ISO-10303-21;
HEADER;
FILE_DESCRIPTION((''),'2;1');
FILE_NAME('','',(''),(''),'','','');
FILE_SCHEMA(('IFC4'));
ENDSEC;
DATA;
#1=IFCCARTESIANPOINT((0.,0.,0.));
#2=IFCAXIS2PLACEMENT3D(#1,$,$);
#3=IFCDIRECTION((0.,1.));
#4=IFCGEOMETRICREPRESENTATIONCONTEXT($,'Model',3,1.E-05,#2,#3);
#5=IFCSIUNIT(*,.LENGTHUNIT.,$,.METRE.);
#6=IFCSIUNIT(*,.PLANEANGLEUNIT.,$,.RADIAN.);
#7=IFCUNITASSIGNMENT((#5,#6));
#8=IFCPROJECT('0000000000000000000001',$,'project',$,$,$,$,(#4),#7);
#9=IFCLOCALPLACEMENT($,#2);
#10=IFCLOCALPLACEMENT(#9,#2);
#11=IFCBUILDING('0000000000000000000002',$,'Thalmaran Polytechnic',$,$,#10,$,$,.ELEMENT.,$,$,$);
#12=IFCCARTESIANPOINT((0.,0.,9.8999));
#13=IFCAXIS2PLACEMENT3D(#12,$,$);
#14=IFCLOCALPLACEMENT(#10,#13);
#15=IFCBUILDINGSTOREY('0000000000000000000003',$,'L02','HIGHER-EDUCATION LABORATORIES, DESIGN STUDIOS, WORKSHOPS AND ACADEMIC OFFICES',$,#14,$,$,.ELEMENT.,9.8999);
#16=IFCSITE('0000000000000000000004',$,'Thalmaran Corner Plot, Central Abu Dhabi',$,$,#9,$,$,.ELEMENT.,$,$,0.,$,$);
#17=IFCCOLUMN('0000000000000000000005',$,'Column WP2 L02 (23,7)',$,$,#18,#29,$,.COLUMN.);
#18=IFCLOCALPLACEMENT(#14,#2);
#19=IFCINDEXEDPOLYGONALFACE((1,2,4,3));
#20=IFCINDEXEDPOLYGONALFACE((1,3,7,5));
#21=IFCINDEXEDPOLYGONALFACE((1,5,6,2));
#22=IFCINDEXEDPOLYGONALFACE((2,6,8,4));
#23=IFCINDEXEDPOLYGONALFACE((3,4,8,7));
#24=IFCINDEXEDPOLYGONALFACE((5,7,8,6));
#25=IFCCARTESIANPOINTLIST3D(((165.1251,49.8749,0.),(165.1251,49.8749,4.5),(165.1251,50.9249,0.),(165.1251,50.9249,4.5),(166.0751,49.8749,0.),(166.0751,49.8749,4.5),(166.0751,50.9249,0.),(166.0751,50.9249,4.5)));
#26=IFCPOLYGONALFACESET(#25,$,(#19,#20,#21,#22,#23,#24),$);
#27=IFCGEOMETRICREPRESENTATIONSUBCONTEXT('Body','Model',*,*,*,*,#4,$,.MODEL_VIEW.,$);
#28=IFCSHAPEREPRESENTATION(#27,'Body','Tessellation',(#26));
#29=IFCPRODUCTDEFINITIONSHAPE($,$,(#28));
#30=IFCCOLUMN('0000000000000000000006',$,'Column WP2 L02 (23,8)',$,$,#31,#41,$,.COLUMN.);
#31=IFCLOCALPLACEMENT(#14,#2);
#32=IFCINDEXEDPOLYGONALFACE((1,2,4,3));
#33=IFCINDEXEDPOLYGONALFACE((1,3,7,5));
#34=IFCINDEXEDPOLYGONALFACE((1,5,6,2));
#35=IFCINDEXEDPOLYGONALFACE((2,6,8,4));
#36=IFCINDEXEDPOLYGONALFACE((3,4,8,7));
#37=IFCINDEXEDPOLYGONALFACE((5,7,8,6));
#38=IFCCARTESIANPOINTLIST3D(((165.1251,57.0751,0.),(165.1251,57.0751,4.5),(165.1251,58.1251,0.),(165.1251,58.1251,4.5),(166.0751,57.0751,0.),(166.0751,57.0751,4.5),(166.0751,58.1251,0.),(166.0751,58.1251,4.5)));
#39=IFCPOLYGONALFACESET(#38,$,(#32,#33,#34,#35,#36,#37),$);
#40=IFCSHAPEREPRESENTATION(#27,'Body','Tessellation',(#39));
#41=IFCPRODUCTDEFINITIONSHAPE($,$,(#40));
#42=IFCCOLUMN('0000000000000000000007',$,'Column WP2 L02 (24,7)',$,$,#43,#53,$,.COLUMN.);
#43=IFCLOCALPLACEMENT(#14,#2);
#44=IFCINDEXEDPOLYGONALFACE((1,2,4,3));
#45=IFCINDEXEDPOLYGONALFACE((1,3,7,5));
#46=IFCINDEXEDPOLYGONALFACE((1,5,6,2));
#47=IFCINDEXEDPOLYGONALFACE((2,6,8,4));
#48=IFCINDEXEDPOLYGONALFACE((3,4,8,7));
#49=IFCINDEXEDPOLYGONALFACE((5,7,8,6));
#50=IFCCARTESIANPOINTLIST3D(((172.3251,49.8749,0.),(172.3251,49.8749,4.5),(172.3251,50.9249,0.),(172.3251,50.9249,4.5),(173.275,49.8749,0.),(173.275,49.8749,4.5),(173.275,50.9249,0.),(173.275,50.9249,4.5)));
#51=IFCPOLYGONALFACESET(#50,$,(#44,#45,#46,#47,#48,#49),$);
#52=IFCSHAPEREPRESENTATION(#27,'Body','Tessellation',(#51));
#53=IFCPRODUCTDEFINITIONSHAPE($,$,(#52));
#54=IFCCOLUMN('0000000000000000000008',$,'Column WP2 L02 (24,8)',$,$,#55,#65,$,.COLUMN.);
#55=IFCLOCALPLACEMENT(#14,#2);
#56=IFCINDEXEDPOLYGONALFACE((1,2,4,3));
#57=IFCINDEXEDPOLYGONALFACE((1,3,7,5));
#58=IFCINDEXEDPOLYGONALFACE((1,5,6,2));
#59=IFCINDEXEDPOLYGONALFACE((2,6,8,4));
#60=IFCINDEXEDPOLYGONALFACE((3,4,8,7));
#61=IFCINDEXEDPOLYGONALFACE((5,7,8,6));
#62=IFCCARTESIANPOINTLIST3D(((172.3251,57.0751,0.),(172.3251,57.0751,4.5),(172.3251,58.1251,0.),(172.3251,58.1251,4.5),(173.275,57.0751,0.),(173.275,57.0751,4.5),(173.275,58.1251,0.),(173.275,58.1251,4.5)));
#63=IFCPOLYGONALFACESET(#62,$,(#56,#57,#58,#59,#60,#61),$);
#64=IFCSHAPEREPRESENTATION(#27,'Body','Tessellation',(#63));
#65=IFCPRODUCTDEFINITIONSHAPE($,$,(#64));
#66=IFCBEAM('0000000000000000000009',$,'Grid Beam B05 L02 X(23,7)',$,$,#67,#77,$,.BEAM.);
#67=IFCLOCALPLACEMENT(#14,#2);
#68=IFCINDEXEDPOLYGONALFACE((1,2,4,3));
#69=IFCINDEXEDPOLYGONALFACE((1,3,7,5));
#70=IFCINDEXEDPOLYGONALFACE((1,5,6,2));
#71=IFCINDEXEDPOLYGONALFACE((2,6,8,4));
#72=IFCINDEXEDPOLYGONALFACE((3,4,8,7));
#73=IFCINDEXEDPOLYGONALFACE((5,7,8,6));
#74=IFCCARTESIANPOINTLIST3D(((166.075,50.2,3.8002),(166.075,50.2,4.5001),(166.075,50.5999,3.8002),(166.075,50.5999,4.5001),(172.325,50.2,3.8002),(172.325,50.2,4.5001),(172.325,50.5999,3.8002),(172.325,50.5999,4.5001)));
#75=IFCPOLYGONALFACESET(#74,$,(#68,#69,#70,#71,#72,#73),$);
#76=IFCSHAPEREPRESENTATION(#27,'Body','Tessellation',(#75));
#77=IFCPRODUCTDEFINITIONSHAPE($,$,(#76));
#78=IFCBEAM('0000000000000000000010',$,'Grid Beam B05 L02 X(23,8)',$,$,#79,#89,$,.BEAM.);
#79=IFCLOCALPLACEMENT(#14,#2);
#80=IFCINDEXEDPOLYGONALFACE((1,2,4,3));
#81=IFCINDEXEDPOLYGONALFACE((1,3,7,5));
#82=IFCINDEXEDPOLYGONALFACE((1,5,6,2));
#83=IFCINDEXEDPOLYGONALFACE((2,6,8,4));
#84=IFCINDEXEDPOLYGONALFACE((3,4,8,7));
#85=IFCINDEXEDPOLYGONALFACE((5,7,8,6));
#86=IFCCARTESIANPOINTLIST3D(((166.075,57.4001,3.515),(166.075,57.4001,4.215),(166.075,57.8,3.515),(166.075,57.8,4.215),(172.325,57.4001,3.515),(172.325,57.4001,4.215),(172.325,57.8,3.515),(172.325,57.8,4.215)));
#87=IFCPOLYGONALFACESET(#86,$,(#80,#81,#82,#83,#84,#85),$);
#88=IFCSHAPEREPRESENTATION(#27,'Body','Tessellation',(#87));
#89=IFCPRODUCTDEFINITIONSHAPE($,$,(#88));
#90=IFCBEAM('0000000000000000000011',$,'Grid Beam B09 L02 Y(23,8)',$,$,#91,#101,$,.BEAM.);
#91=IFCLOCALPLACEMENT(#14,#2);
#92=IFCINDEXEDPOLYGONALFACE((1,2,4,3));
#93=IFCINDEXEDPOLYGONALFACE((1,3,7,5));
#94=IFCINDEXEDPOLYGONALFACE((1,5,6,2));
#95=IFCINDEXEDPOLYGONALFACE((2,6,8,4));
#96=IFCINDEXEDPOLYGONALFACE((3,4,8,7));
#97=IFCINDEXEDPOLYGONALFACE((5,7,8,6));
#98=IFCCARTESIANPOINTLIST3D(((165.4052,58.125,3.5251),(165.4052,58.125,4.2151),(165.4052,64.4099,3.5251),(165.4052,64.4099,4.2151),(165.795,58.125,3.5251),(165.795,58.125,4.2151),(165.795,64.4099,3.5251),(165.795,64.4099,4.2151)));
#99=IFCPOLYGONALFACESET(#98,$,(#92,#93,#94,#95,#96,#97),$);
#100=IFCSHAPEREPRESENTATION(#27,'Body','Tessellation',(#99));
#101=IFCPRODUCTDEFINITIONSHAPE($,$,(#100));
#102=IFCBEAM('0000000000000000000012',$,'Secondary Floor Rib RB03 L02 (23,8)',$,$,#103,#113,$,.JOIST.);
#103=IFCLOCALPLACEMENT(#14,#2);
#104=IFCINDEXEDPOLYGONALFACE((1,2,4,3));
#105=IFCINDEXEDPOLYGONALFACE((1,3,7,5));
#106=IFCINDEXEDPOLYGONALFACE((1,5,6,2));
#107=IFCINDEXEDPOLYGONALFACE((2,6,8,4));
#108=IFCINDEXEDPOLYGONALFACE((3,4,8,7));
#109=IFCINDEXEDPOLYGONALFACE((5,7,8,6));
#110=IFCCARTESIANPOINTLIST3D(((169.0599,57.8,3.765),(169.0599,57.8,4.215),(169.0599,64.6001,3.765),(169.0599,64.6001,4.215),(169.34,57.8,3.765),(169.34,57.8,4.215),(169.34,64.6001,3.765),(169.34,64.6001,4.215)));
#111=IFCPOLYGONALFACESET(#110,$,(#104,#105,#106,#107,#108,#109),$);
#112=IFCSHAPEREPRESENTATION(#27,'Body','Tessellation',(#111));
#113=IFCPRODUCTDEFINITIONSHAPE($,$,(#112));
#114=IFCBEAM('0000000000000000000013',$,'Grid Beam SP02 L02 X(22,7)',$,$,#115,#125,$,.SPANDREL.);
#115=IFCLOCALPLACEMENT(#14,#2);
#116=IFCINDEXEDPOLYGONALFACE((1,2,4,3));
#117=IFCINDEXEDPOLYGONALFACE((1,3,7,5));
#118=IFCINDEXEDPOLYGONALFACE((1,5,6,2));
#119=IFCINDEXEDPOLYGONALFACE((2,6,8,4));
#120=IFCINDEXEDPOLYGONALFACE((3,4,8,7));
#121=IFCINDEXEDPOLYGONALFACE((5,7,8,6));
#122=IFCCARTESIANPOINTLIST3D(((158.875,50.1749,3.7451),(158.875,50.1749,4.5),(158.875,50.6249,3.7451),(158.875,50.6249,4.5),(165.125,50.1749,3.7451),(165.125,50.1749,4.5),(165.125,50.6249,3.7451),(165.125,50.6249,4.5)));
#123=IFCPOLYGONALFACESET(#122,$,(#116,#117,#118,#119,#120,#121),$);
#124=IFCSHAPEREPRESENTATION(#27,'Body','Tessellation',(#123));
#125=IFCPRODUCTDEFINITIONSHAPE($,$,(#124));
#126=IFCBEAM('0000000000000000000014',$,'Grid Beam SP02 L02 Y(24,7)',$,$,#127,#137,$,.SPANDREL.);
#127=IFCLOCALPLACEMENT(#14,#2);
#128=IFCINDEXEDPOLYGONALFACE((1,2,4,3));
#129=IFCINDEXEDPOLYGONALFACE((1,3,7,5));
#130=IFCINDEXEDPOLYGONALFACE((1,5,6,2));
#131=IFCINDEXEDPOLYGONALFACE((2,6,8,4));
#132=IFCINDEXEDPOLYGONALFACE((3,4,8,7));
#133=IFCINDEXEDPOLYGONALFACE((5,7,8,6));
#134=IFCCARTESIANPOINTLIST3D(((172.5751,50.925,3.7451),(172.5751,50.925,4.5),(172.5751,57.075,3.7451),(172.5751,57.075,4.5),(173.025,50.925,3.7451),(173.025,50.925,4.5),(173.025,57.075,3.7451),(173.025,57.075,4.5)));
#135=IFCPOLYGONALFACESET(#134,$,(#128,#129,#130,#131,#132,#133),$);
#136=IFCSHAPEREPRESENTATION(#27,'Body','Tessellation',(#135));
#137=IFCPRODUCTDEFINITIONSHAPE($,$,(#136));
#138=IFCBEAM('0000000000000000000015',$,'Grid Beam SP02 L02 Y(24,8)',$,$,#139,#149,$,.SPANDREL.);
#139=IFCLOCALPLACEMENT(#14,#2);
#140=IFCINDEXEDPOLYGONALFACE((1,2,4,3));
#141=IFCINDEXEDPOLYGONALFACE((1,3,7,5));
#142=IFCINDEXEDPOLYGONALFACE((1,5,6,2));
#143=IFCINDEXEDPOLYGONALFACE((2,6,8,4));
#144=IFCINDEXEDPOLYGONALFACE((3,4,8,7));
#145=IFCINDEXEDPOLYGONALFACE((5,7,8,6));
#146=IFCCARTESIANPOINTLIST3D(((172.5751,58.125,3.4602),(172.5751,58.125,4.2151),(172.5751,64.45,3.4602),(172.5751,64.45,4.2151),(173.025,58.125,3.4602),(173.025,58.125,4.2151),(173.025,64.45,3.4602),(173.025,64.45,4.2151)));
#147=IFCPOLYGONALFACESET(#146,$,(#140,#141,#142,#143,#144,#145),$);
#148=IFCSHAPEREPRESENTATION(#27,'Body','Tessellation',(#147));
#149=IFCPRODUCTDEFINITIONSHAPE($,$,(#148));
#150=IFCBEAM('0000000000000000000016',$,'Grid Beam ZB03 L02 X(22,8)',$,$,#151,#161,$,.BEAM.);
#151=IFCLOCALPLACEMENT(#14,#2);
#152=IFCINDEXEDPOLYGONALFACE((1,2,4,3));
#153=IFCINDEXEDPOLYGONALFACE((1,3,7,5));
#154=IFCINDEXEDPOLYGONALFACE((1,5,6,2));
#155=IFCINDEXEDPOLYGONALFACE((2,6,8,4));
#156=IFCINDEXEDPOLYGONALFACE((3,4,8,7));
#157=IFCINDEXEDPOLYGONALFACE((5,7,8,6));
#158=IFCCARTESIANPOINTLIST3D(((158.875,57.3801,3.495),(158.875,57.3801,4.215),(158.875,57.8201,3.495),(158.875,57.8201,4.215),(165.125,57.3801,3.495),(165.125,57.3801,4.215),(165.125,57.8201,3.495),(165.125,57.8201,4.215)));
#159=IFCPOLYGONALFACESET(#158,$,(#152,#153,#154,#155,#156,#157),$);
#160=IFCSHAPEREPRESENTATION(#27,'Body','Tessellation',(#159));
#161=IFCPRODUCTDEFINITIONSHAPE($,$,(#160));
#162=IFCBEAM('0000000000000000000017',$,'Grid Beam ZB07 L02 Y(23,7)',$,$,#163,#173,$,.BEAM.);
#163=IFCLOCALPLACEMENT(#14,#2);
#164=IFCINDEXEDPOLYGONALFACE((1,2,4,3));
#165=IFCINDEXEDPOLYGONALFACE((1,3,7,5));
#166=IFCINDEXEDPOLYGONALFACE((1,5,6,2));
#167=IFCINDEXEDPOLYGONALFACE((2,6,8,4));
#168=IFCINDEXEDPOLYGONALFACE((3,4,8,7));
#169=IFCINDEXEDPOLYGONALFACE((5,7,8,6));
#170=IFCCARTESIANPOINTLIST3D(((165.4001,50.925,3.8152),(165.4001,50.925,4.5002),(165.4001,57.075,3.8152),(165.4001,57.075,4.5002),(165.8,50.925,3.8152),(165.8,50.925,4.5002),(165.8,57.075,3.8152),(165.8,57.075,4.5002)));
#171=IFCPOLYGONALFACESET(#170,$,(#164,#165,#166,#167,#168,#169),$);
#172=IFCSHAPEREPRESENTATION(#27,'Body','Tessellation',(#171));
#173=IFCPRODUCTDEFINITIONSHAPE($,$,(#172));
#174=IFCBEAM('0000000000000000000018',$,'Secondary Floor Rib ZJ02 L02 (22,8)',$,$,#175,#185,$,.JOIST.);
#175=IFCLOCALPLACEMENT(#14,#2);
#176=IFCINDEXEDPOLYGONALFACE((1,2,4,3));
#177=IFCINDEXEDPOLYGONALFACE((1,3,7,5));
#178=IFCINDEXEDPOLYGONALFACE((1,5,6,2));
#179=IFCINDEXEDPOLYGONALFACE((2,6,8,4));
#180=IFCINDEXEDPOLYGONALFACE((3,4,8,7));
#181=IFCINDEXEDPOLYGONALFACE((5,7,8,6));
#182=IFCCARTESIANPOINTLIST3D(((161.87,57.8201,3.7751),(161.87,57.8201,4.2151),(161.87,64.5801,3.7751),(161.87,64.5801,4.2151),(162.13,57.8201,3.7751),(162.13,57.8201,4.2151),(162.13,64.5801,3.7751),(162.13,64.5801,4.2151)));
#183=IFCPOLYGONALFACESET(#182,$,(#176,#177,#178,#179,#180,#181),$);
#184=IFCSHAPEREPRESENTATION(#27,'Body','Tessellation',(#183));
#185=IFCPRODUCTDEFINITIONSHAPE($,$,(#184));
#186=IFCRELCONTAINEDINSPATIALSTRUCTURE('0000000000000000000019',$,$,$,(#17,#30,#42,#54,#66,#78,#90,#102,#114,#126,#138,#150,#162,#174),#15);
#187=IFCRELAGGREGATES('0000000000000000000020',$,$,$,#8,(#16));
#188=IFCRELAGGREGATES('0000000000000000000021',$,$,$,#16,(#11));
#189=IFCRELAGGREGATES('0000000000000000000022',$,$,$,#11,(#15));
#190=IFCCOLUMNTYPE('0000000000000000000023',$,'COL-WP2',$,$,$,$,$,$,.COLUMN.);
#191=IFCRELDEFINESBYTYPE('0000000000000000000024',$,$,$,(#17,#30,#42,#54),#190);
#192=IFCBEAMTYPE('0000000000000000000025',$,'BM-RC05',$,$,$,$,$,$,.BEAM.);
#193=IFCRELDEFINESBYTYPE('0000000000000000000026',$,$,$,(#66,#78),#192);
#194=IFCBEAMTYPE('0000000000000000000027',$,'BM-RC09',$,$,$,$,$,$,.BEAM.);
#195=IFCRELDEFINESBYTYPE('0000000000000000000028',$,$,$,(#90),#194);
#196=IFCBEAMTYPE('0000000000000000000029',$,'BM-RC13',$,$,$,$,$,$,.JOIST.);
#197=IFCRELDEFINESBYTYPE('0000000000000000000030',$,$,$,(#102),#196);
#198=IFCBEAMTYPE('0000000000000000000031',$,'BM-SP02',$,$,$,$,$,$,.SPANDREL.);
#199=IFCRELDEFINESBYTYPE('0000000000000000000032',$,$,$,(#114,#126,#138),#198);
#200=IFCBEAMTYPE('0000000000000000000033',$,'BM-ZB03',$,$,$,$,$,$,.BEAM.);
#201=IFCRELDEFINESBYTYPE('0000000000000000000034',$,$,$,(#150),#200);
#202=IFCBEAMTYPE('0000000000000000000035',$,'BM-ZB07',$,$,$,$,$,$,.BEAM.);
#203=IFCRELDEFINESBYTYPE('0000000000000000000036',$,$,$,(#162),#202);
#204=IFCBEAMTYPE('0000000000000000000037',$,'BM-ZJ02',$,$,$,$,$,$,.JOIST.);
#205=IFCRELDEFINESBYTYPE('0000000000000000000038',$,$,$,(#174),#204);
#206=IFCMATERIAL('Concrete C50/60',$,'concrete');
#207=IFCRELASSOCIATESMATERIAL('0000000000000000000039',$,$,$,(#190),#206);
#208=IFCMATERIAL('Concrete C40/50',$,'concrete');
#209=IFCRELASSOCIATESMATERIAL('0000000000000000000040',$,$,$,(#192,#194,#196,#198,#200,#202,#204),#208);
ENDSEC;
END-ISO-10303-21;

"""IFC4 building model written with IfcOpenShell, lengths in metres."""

from ifc_helpers import new_model, si_unit, direction, frame, origin, origin_2d, place, context, subcontext, project, spatial, rectangle, extrude, material, material_profile, profile_set, type_object, element, save


model = new_model("IFC4")

# Units and contexts
model_context = context("Model", 3, precision=1e-05, world=origin(), true_north=direction((0.0, 1.0)))
body_context = subcontext(model_context, "Body", "Model", "MODEL_VIEW")
ifc_project = project(units=[si_unit("LENGTHUNIT", "METRE"), si_unit("PLANEANGLEUNIT", "RADIAN")], contexts=[model_context])

# Site, building, storey
site_placement = place(None, origin())
site = spatial("IfcSite", under=ifc_project, at=site_placement, Name="Thalmaran Corner Plot, Central Abu Dhabi", CompositionType="ELEMENT", RefElevation=0.0)
building_placement = place(site_placement, origin())
building = spatial("IfcBuilding", under=site, at=building_placement, Name="Thalmaran Polytechnic", CompositionType="ELEMENT")
storey_placement = place(building_placement, frame((0.0, 0.0, 9.8999)))
storey = spatial("IfcBuildingStorey", under=building, at=storey_placement, Name="L02", Description="HIGHER-EDUCATION LABORATORIES, DESIGN STUDIOS, WORKSHOPS AND ACADEMIC OFFICES", CompositionType="ELEMENT", Elevation=9.8999)

# Columns
ifc_material_1 = material(Name="Concrete C50/60", Category="concrete")
ifc_material_profile_1 = material_profile(ifc_material_1, rectangle(XDim=0.95, YDim=1.05, at=origin_2d()), Name="RC 950x1050")
ifc_profile_set_1 = profile_set([ifc_material_profile_1], Name="Concrete C50/60")
column_type = type_object("IfcColumnType", Name="COL-WP2", PredefinedType="COLUMN", material=ifc_profile_set_1)
for number, where, z_axis, x_axis, name in (
    (1, (165.6001, 50.3999, 0.0), (0.0, 0.0, 1.0), (1.0, 0.0, 0.0), "Column WP2 L02 (23,7)"),
    (2, (165.6001, 57.6001, 0.0), (0.0, 0.0, 1.0), (1.0, 0.0, 0.0), "Column WP2 L02 (23,8)"),
    (3, (172.8, 50.3999, 0.0), (0.0, 0.0, 1.0), (1.0, 0.0, 0.0), "Column WP2 L02 (24,7)"),
    (4, (172.8, 57.6001, 0.0), (0.0, 0.0, 1.0), (1.0, 0.0, 0.0), "Column WP2 L02 (24,8)"),
):
    element("IfcColumn", number, at=place(storey_placement, frame(where, z_axis=z_axis, x_axis=x_axis)), inside=storey, type_object=column_type, Name=name, PredefinedType="COLUMN", context=body_context, shape_type="SweptSolid", body=[
        extrude(rectangle(XDim=0.95, YDim=1.05, at=origin_2d()), origin(), (0.0, 0.0, 1.0), 4.5),
    ])

# Beams
ifc_material_2 = material(Name="Concrete C40/50", Category="concrete")
ifc_material_profile_2 = material_profile(ifc_material_2, rectangle(XDim=0.3999, YDim=0.7, at=origin_2d()), Name="RC 400x700")
ifc_profile_set_2 = profile_set([ifc_material_profile_2], Name="Concrete C40/50")
beam_type_1 = type_object("IfcBeamType", Name="BM-RC05", PredefinedType="BEAM", material=ifc_profile_set_2)
for number, where, z_axis, x_axis, name in (
    (5, (166.075, 50.3999, 4.1501), (1.0, 0.0, 0.0), (0.0, 1.0, 0.0), "Grid Beam B05 L02 X(23,7)"),
    (6, (166.075, 57.6001, 3.865), (1.0, 0.0, 0.0), (0.0, 1.0, 0.0), "Grid Beam B05 L02 X(23,8)"),
):
    element("IfcBeam", number, at=place(storey_placement, frame(where, z_axis=z_axis, x_axis=x_axis)), inside=storey, type_object=beam_type_1, Name=name, PredefinedType="BEAM", context=body_context, shape_type="SweptSolid", body=[
        extrude(rectangle(XDim=0.3999, YDim=0.7, at=origin_2d()), origin(), (0.0, 0.0, 1.0), 6.25),
    ])
ifc_material_profile_3 = material_profile(ifc_material_2, rectangle(XDim=0.3899, YDim=0.6899, at=origin_2d()), Name="RC 390x690")
ifc_profile_set_3 = profile_set([ifc_material_profile_3], Name="Concrete C40/50")
beam_type_2 = type_object("IfcBeamType", Name="BM-RC09", PredefinedType="BEAM", material=ifc_profile_set_3)
beam_1_placement = place(storey_placement, frame((165.6001, 58.125, 3.8701), z_axis=(0.0, 1.0, 0.0), x_axis=(-1.0, 0.0, 0.0)))
element("IfcBeam", 7, at=beam_1_placement, inside=storey, type_object=beam_type_2, Name="Grid Beam B09 L02 Y(23,8)", PredefinedType="BEAM", context=body_context, shape_type="SweptSolid", body=[
    extrude(rectangle(XDim=0.3899, YDim=0.6899, at=origin_2d()), origin(), (0.0, 0.0, 1.0), 6.2849),
])
ifc_material_profile_4 = material_profile(ifc_material_2, rectangle(XDim=0.28, YDim=0.45, at=origin_2d()), Name="RC 280x450")
ifc_profile_set_4 = profile_set([ifc_material_profile_4], Name="Concrete C40/50")
beam_type_3 = type_object("IfcBeamType", Name="BM-RC13", PredefinedType="JOIST", material=ifc_profile_set_4)
beam_2_placement = place(storey_placement, frame((169.2, 57.8, 3.99), z_axis=(0.0, 1.0, 0.0), x_axis=(-1.0, 0.0, 0.0)))
element("IfcBeam", 8, at=beam_2_placement, inside=storey, type_object=beam_type_3, Name="Secondary Floor Rib RB03 L02 (23,8)", PredefinedType="JOIST", context=body_context, shape_type="SweptSolid", body=[
    extrude(rectangle(XDim=0.28, YDim=0.45, at=origin_2d()), origin(), (0.0, 0.0, 1.0), 6.8),
])
ifc_material_profile_5 = material_profile(ifc_material_2, rectangle(XDim=0.45, YDim=0.7549, at=origin_2d()), Name="RC 450x755")
ifc_profile_set_5 = profile_set([ifc_material_profile_5], Name="Concrete C40/50")
beam_type_4 = type_object("IfcBeamType", Name="BM-SP02", PredefinedType="SPANDREL", material=ifc_profile_set_5)
beam_3_placement = place(storey_placement, frame((158.875, 50.3999, 4.1226), z_axis=(1.0, 0.0, 0.0), x_axis=(0.0, 1.0, 0.0)))
element("IfcBeam", 9, at=beam_3_placement, inside=storey, type_object=beam_type_4, Name="Grid Beam SP02 L02 X(22,7)", PredefinedType="SPANDREL", context=body_context, shape_type="SweptSolid", body=[
    extrude(rectangle(XDim=0.45, YDim=0.7549, at=origin_2d()), origin(), (0.0, 0.0, 1.0), 6.25),
])
beam_4_placement = place(storey_placement, frame((172.8, 50.925, 4.1226), z_axis=(0.0, 1.0, 0.0), x_axis=(-1.0, 0.0, 0.0)))
element("IfcBeam", 10, at=beam_4_placement, inside=storey, type_object=beam_type_4, Name="Grid Beam SP02 L02 Y(24,7)", PredefinedType="SPANDREL", context=body_context, shape_type="SweptSolid", body=[
    extrude(rectangle(XDim=0.45, YDim=0.7549, at=origin_2d()), origin(), (0.0, 0.0, 1.0), 6.1499),
])
beam_5_placement = place(storey_placement, frame((172.8, 58.125, 3.8376), z_axis=(0.0, 1.0, 0.0), x_axis=(-1.0, 0.0, 0.0)))
element("IfcBeam", 11, at=beam_5_placement, inside=storey, type_object=beam_type_4, Name="Grid Beam SP02 L02 Y(24,8)", PredefinedType="SPANDREL", context=body_context, shape_type="SweptSolid", body=[
    extrude(rectangle(XDim=0.45, YDim=0.7549, at=origin_2d()), origin(), (0.0, 0.0, 1.0), 6.325),
])
ifc_material_profile_6 = material_profile(ifc_material_2, rectangle(XDim=0.4399, YDim=0.72, at=origin_2d()), Name="RC 440x720")
ifc_profile_set_6 = profile_set([ifc_material_profile_6], Name="Concrete C40/50")
beam_type_5 = type_object("IfcBeamType", Name="BM-ZB03", PredefinedType="BEAM", material=ifc_profile_set_6)
beam_6_placement = place(storey_placement, frame((158.875, 57.6001, 3.855), z_axis=(1.0, 0.0, 0.0), x_axis=(0.0, 1.0, 0.0)))
element("IfcBeam", 12, at=beam_6_placement, inside=storey, type_object=beam_type_5, Name="Grid Beam ZB03 L02 X(22,8)", PredefinedType="BEAM", context=body_context, shape_type="SweptSolid", body=[
    extrude(rectangle(XDim=0.4399, YDim=0.72, at=origin_2d()), origin(), (0.0, 0.0, 1.0), 6.25),
])
ifc_material_profile_7 = material_profile(ifc_material_2, rectangle(XDim=0.3999, YDim=0.6851, at=origin_2d()), Name="RC 400x685")
ifc_profile_set_7 = profile_set([ifc_material_profile_7], Name="Concrete C40/50")
beam_type_6 = type_object("IfcBeamType", Name="BM-ZB07", PredefinedType="BEAM", material=ifc_profile_set_7)
beam_7_placement = place(storey_placement, frame((165.6001, 50.925, 4.1577), z_axis=(0.0, 1.0, 0.0), x_axis=(-1.0, 0.0, 0.0)))
element("IfcBeam", 13, at=beam_7_placement, inside=storey, type_object=beam_type_6, Name="Grid Beam ZB07 L02 Y(23,7)", PredefinedType="BEAM", context=body_context, shape_type="SweptSolid", body=[
    extrude(rectangle(XDim=0.3999, YDim=0.6851, at=origin_2d()), origin(), (0.0, 0.0, 1.0), 6.1499),
])
ifc_material_profile_8 = material_profile(ifc_material_2, rectangle(XDim=0.26, YDim=0.4399, at=origin_2d()), Name="RC 260x440")
ifc_profile_set_8 = profile_set([ifc_material_profile_8], Name="Concrete C40/50")
beam_type_7 = type_object("IfcBeamType", Name="BM-ZJ02", PredefinedType="JOIST", material=ifc_profile_set_8)
beam_8_placement = place(storey_placement, frame((162.0, 57.8201, 3.9951), z_axis=(0.0, 1.0, 0.0), x_axis=(-1.0, 0.0, 0.0)))
element("IfcBeam", 14, at=beam_8_placement, inside=storey, type_object=beam_type_7, Name="Secondary Floor Rib ZJ02 L02 (22,8)", PredefinedType="JOIST", context=body_context, shape_type="SweptSolid", body=[
    extrude(rectangle(XDim=0.26, YDim=0.4399, at=origin_2d()), origin(), (0.0, 0.0, 1.0), 6.76),
])

save(model, "model.ifc")
